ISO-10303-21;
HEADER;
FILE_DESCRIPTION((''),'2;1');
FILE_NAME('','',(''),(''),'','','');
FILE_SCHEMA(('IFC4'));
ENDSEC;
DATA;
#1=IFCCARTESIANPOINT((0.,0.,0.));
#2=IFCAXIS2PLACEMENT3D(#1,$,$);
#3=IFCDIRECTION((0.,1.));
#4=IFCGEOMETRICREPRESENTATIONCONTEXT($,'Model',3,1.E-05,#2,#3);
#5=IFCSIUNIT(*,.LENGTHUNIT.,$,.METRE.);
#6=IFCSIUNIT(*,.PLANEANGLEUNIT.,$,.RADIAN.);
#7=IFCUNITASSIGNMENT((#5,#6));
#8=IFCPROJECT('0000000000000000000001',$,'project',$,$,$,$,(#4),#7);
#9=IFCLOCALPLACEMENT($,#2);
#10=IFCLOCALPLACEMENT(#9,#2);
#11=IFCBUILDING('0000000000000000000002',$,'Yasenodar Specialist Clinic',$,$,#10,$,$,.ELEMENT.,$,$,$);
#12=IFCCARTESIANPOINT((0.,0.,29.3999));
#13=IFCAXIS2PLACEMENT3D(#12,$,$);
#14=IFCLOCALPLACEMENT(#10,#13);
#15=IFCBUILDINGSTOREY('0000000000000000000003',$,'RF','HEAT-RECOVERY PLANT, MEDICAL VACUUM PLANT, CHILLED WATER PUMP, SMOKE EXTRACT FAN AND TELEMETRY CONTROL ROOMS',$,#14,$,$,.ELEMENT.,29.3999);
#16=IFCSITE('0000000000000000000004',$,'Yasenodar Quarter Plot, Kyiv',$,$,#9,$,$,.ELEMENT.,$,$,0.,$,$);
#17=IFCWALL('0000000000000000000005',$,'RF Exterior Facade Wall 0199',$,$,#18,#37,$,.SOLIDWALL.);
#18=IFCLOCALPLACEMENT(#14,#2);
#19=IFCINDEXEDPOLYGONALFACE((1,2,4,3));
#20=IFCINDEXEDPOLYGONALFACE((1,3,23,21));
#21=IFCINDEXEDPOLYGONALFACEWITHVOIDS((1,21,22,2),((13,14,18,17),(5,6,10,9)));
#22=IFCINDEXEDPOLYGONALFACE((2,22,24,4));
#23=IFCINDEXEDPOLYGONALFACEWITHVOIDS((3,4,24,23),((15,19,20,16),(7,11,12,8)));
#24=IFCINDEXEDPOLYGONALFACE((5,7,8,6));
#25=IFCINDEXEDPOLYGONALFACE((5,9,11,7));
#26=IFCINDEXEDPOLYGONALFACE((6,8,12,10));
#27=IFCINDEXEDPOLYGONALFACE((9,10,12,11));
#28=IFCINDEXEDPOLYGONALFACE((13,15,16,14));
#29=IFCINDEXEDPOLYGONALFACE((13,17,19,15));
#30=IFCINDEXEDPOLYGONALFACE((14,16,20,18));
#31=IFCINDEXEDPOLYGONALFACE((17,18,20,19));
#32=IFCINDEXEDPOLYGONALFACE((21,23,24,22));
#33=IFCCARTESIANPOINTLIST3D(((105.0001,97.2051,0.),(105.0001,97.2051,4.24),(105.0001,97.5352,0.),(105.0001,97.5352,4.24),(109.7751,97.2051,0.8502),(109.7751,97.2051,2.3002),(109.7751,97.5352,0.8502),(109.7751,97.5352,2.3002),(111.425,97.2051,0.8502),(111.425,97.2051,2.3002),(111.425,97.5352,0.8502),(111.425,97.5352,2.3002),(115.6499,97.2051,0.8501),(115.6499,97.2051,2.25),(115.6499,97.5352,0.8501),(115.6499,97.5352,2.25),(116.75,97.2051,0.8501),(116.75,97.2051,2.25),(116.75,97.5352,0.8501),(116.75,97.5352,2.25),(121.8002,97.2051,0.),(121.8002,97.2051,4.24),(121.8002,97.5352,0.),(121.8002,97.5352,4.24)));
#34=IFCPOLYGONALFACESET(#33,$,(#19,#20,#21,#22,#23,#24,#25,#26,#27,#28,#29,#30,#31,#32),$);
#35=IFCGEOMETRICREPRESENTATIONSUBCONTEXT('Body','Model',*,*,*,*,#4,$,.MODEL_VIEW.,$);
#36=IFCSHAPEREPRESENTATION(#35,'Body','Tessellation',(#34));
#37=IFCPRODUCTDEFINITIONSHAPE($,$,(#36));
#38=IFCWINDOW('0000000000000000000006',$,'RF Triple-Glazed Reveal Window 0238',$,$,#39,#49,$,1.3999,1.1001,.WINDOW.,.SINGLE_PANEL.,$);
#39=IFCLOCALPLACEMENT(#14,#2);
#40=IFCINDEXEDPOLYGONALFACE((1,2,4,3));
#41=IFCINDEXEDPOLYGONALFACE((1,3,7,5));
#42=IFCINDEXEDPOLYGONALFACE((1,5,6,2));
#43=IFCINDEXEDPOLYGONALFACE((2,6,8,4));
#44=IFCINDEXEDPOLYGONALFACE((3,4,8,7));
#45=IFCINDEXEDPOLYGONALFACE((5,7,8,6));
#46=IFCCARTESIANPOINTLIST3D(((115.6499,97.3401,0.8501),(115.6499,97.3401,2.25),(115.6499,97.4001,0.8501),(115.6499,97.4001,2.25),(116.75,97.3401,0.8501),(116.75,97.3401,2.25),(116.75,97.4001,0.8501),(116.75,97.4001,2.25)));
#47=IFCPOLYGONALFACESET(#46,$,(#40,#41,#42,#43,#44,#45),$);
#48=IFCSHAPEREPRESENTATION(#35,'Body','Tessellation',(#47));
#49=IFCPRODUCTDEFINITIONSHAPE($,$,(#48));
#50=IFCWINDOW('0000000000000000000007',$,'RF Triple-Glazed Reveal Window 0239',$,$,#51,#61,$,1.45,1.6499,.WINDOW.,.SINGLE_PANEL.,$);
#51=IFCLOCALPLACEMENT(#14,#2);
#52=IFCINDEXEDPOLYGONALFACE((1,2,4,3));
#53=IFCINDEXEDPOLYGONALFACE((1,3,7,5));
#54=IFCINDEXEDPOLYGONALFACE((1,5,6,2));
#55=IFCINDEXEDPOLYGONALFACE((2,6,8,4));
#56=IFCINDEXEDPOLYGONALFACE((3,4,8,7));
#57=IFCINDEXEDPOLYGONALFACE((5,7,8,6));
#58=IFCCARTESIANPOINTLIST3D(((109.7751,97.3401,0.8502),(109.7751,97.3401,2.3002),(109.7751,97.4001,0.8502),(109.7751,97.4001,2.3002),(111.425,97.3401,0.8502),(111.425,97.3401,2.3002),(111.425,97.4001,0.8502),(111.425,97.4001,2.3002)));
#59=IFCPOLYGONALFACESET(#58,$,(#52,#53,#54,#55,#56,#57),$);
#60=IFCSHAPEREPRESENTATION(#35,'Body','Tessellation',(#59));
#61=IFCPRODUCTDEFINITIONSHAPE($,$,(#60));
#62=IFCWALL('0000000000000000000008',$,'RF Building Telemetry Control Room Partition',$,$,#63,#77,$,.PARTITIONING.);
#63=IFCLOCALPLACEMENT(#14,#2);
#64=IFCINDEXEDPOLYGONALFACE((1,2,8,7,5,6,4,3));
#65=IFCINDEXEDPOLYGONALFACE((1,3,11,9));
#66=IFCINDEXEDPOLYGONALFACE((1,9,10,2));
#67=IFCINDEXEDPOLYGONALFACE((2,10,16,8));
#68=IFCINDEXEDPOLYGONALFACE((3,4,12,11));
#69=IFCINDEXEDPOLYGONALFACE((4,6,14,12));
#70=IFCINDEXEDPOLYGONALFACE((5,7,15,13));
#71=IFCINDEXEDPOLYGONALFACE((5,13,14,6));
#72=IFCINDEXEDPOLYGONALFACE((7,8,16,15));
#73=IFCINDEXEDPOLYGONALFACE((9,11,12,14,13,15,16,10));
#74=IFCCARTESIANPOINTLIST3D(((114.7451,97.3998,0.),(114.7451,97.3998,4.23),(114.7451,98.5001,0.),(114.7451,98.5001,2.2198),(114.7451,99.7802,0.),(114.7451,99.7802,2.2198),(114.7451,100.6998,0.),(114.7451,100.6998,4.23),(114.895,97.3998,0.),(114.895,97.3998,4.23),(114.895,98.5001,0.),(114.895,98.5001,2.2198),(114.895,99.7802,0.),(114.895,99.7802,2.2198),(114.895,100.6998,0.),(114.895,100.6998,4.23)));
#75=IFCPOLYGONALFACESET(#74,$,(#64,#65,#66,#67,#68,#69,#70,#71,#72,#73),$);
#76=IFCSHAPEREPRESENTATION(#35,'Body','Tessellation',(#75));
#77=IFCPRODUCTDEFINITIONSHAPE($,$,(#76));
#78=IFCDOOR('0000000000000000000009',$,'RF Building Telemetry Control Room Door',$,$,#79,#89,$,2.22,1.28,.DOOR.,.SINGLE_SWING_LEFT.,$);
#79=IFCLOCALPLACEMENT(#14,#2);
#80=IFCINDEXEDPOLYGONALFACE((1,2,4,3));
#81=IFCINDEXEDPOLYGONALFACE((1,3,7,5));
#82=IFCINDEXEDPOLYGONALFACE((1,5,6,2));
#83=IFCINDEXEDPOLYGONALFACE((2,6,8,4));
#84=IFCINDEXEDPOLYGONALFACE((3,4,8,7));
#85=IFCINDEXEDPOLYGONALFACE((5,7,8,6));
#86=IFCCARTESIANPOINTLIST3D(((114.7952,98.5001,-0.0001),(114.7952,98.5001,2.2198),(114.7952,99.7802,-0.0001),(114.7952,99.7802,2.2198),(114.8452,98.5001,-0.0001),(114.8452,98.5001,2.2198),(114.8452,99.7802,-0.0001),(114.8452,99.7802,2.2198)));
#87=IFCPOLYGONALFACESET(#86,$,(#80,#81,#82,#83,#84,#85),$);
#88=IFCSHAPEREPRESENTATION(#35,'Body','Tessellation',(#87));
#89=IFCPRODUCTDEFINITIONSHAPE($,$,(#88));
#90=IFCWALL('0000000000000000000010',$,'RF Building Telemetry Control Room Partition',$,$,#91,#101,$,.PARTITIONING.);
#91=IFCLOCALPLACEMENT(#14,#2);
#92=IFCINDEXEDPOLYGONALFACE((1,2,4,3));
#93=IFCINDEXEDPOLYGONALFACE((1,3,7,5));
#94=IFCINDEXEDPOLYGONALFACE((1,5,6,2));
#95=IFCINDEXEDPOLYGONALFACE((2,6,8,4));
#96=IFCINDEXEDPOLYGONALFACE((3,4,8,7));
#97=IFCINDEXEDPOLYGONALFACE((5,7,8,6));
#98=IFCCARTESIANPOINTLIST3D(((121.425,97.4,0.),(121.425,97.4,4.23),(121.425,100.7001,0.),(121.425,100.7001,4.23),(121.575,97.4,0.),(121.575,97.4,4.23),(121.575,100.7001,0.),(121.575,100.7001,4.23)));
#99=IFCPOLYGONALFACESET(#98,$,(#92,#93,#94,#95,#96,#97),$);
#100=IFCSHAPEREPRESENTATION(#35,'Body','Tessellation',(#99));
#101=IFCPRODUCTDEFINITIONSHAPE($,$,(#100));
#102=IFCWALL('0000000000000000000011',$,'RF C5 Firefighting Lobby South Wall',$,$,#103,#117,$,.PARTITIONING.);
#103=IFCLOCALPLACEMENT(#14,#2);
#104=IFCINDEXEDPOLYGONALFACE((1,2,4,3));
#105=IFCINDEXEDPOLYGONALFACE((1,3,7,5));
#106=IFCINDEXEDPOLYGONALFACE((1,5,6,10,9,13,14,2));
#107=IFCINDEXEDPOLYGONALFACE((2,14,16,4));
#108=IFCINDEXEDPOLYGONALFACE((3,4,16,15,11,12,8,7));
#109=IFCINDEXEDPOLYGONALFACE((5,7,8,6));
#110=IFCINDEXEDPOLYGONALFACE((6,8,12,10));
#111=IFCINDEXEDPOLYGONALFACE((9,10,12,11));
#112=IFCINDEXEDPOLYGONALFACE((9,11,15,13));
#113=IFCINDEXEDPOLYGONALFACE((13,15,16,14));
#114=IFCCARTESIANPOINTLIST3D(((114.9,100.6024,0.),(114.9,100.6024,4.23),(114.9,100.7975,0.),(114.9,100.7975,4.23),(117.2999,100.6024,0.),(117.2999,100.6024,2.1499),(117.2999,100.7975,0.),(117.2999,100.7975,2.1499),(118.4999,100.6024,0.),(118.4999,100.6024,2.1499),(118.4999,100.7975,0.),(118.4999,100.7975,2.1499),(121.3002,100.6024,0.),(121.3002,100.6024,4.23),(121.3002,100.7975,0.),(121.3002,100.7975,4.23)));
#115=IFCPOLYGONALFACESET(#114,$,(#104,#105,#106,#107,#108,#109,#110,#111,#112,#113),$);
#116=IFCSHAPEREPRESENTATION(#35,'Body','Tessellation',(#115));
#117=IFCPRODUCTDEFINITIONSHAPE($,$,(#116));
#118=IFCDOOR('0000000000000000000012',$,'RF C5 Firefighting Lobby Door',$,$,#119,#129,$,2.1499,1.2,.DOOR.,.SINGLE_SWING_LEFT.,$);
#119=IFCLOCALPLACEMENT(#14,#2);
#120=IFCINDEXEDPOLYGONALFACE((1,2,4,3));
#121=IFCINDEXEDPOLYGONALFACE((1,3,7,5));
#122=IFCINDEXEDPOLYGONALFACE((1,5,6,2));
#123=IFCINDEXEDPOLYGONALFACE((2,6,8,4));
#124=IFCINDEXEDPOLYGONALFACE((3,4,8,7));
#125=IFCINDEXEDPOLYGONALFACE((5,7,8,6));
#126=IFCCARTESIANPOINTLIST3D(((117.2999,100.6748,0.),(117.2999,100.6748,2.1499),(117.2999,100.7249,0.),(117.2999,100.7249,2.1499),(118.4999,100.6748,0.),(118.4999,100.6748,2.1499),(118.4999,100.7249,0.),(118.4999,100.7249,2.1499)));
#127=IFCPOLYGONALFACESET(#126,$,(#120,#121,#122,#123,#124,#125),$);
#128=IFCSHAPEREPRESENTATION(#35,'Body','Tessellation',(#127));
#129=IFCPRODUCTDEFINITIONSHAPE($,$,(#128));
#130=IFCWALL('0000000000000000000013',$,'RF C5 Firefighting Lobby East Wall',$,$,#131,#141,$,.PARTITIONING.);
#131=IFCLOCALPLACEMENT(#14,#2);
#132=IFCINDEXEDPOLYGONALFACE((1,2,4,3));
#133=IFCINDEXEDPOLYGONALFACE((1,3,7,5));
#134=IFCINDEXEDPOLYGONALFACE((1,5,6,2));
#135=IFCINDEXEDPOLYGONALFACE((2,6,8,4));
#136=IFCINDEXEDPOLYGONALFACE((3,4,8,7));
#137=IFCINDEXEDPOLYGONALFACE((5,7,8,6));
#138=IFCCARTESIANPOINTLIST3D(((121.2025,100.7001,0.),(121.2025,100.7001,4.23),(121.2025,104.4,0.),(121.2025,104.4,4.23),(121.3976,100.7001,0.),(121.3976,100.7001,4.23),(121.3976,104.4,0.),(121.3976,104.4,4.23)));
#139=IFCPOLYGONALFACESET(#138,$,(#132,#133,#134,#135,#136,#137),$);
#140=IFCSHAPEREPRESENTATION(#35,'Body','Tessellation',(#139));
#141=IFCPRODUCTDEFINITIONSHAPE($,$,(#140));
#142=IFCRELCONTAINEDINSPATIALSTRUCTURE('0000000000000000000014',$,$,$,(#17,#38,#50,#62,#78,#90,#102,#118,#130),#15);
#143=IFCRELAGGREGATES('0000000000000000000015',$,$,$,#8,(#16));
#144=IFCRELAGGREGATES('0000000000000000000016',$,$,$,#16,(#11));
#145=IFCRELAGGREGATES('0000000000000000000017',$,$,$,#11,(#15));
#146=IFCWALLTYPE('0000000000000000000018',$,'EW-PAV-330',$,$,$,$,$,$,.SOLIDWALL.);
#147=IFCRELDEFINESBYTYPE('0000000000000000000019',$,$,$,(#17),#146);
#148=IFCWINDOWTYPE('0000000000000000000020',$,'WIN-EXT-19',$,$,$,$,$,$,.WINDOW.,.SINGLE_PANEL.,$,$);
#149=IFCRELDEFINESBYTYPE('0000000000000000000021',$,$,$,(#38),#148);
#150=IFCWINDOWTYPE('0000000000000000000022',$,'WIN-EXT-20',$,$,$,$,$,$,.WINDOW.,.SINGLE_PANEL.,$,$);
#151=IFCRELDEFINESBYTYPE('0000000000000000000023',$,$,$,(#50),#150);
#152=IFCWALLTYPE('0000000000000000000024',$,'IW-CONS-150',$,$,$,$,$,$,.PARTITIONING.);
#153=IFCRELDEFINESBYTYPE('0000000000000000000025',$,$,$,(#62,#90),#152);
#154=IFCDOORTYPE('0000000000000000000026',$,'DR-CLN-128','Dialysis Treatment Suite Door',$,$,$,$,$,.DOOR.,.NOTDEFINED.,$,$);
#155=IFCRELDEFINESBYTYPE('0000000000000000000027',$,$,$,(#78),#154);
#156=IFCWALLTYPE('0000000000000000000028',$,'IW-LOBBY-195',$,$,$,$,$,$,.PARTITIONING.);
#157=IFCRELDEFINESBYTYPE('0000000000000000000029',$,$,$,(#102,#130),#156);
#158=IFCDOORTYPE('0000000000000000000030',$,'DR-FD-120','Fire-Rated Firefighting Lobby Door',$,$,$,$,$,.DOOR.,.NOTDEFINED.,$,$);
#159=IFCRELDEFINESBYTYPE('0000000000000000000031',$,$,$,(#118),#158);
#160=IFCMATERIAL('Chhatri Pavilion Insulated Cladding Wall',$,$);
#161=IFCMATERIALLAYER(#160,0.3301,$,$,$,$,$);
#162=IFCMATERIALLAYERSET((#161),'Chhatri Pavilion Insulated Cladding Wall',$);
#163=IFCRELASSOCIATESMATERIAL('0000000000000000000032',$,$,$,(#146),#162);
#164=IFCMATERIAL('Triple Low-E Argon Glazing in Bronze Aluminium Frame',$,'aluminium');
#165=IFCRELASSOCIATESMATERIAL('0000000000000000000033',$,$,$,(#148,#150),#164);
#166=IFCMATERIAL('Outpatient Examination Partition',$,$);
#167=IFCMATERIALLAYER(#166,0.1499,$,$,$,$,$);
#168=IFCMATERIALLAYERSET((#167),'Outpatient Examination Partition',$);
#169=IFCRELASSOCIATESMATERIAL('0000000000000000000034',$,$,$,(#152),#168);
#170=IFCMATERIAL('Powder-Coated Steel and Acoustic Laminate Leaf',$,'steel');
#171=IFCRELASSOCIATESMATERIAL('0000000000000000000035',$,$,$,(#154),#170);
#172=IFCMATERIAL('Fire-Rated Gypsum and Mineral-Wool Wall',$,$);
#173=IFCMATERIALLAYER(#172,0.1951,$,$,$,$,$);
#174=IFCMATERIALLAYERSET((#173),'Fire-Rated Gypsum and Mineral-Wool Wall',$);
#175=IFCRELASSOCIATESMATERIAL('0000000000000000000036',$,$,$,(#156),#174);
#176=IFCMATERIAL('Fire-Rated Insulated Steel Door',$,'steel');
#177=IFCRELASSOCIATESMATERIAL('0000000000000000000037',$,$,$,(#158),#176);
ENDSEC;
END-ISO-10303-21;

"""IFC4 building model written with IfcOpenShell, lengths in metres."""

from ifc_helpers import new_model, si_unit, direction, frame, frame_2d, origin, place, context, subcontext, project, spatial, rectangle, extrude, material, layer, layer_set, type_object, element, fill, save


model = new_model("IFC4")

# Units and contexts
model_context = context("Model", 3, precision=1e-05, world=origin(), true_north=direction((0.0, 1.0)))
body_context = subcontext(model_context, "Body", "Model", "MODEL_VIEW")
ifc_project = project(units=[si_unit("LENGTHUNIT", "METRE"), si_unit("PLANEANGLEUNIT", "RADIAN")], contexts=[model_context])

# Site, building, storey
site_placement = place(None, origin())
site = spatial("IfcSite", under=ifc_project, at=site_placement, Name="Yasenodar Quarter Plot, Kyiv", CompositionType="ELEMENT", RefElevation=0.0)
building_placement = place(site_placement, origin())
building = spatial("IfcBuilding", under=site, at=building_placement, Name="Yasenodar Specialist Clinic", CompositionType="ELEMENT")
storey_placement = place(building_placement, frame((0.0, 0.0, 29.3999)))
storey = spatial("IfcBuildingStorey", under=building, at=storey_placement, Name="RF", Description="HEAT-RECOVERY PLANT, MEDICAL VACUUM PLANT, CHILLED WATER PUMP, SMOKE EXTRACT FAN AND TELEMETRY CONTROL ROOMS", CompositionType="ELEMENT", Elevation=29.3999)

# Shared definitions
ifc_material_1 = material(Name="Chhatri Pavilion Insulated Cladding Wall")
ifc_layer_1 = layer(ifc_material_1, 0.3301)
ifc_layer_set_1 = layer_set([ifc_layer_1], Name="Chhatri Pavilion Insulated Cladding Wall")
wall_type_1 = type_object("IfcWallType", Name="EW-PAV-330", PredefinedType="SOLIDWALL", material=ifc_layer_set_1)

# Wall, openings, windows
wall_1_placement = place(storey_placement, frame((121.8, 97.3701, 0.0), z_axis=(0.0, 0.0, 1.0), x_axis=(-1.0, 0.0, 0.0)))
wall_1 = element("IfcWall", 1, at=wall_1_placement, inside=storey, type_object=wall_type_1, Name="RF Exterior Facade Wall 0199", PredefinedType="SOLIDWALL", context=body_context, shape_type="SweptSolid", body=[
    extrude(rectangle(XDim=16.8, YDim=0.3301, at=frame_2d((8.3999, 0.0))), origin(), (0.0, 0.0, 1.0), 4.24),
])
opening_1_placement = place(wall_1_placement, frame((5.05, 0.0, 0.8501)))
opening_1 = element("IfcOpeningElement", 2, at=opening_1_placement, cuts=wall_1, PredefinedType="OPENING", context=body_context, shape_type="SweptSolid", body=[
    extrude(rectangle(XDim=1.1001, YDim=1.3999, at=frame_2d((0.55, 0.7))), frame((0.0, 0.175, 0.0), z_axis=(0.0, -1.0, 0.0), x_axis=(1.0, 0.0, 0.0)), (0.0, 0.0, 1.0), 0.3501),
])
opening_2_placement = place(wall_1_placement, frame((10.375, 0.0, 0.8501)))
opening_2 = element("IfcOpeningElement", 3, at=opening_2_placement, cuts=wall_1, PredefinedType="OPENING", context=body_context, shape_type="SweptSolid", body=[
    extrude(rectangle(XDim=1.6499, YDim=1.45, at=frame_2d((0.825, 0.7251))), frame((0.0, 0.175, 0.0), z_axis=(0.0, -1.0, 0.0), x_axis=(1.0, 0.0, 0.0)), (0.0, 0.0, 1.0), 0.3501),
])
ifc_material_2 = material(Name="Triple Low-E Argon Glazing in Bronze Aluminium Frame", Category="aluminium")
window_type_1 = type_object("IfcWindowType", Name="WIN-EXT-19", PartitioningType="SINGLE_PANEL", PredefinedType="WINDOW", material=ifc_material_2)
window_1_placement = place(opening_1_placement, origin())
window_1 = element("IfcWindow", 4, at=window_1_placement, inside=storey, type_object=window_type_1, Name="RF Triple-Glazed Reveal Window 0238", OverallHeight=1.3999, OverallWidth=1.1001, PartitioningType="SINGLE_PANEL", PredefinedType="WINDOW", context=body_context, shape_type="SweptSolid", body=[
    extrude(rectangle(XDim=1.1001, YDim=1.3999, at=frame_2d((0.55, 0.7))), frame((0.0, 0.03, 0.0), z_axis=(0.0, -1.0, 0.0), x_axis=(1.0, 0.0, 0.0)), (0.0, 0.0, 1.0), 0.0601),
])
fill(opening_1, window_1)
window_type_2 = type_object("IfcWindowType", Name="WIN-EXT-20", PartitioningType="SINGLE_PANEL", PredefinedType="WINDOW", material=ifc_material_2)
window_2_placement = place(opening_2_placement, origin())
window_2 = element("IfcWindow", 5, at=window_2_placement, inside=storey, type_object=window_type_2, Name="RF Triple-Glazed Reveal Window 0239", OverallHeight=1.45, OverallWidth=1.6499, PartitioningType="SINGLE_PANEL", PredefinedType="WINDOW", context=body_context, shape_type="SweptSolid", body=[
    extrude(rectangle(XDim=1.6499, YDim=1.45, at=frame_2d((0.825, 0.7251))), frame((0.0, 0.03, 0.0), z_axis=(0.0, -1.0, 0.0), x_axis=(1.0, 0.0, 0.0)), (0.0, 0.0, 1.0), 0.0601),
])
fill(opening_2, window_2)

# Wall, opening, door
ifc_material_3 = material(Name="Outpatient Examination Partition")
ifc_layer_2 = layer(ifc_material_3, 0.1499)
ifc_layer_set_2 = layer_set([ifc_layer_2], Name="Outpatient Examination Partition")
wall_type_2 = type_object("IfcWallType", Name="IW-CONS-150", PredefinedType="PARTITIONING", material=ifc_layer_set_2)
wall_2_placement = place(storey_placement, frame((114.8201, 97.3999, 0.0), z_axis=(0.0, 0.0, 1.0), x_axis=(0.0, 1.0, 0.0)))
wall_2 = element("IfcWall", 6, at=wall_2_placement, inside=storey, type_object=wall_type_2, Name="RF Building Telemetry Control Room Partition", PredefinedType="PARTITIONING", context=body_context, shape_type="SweptSolid", body=[
    extrude(rectangle(XDim=3.3, YDim=0.1499, at=frame_2d((1.6499, 0.0))), origin(), (0.0, 0.0, 1.0), 4.23),
])
opening_3_placement = place(wall_2_placement, frame((1.1001, 0.0, 0.0)))
opening_3 = element("IfcOpeningElement", 7, at=opening_3_placement, cuts=wall_2, PredefinedType="OPENING", context=body_context, shape_type="SweptSolid", body=[
    extrude(rectangle(XDim=1.28, YDim=2.22, at=frame_2d((0.6401, 1.1099))), frame((0.0, 0.085, 0.0), z_axis=(0.0, -1.0, 0.0), x_axis=(1.0, 0.0, 0.0)), (0.0, 0.0, 1.0), 0.1699),
])
ifc_material_4 = material(Name="Powder-Coated Steel and Acoustic Laminate Leaf", Category="steel")
door_type_1 = type_object("IfcDoorType", Name="DR-CLN-128", Description="Dialysis Treatment Suite Door", OperationType="NOTDEFINED", PredefinedType="DOOR", material=ifc_material_4)
door_1_placement = place(opening_3_placement, origin())
door_1 = element("IfcDoor", 8, at=door_1_placement, inside=storey, type_object=door_type_1, Name="RF Building Telemetry Control Room Door", OperationType="SINGLE_SWING_LEFT", OverallHeight=2.22, OverallWidth=1.28, PredefinedType="DOOR", context=body_context, shape_type="SweptSolid", body=[
    extrude(rectangle(XDim=1.28, YDim=2.22, at=frame_2d((0.6401, 1.1099))), frame((0.0, 0.0249, 0.0), z_axis=(0.0, -1.0, 0.0), x_axis=(1.0, 0.0, 0.0)), (0.0, 0.0, 1.0), 0.05),
])
fill(opening_3, door_1)

# Wall
wall_3_placement = place(storey_placement, frame((121.5, 100.7, 0.0), z_axis=(0.0, 0.0, 1.0), x_axis=(0.0, -1.0, 0.0)))
element("IfcWall", 9, at=wall_3_placement, inside=storey, type_object=wall_type_2, Name="RF Building Telemetry Control Room Partition", PredefinedType="PARTITIONING", context=body_context, shape_type="SweptSolid", body=[
    extrude(rectangle(XDim=3.3, YDim=0.1499, at=frame_2d((1.6499, 0.0))), origin(), (0.0, 0.0, 1.0), 4.23),
])

# Wall, opening, door
ifc_material_5 = material(Name="Fire-Rated Gypsum and Mineral-Wool Wall")
ifc_layer_3 = layer(ifc_material_5, 0.1951)
ifc_layer_set_3 = layer_set([ifc_layer_3], Name="Fire-Rated Gypsum and Mineral-Wool Wall")
wall_type_3 = type_object("IfcWallType", Name="IW-LOBBY-195", PredefinedType="PARTITIONING", material=ifc_layer_set_3)
wall_4_placement = place(storey_placement, frame((114.8999, 100.7, 0.0), z_axis=(0.0, 0.0, 1.0), x_axis=(1.0, 0.0, 0.0)))
wall_4 = element("IfcWall", 10, at=wall_4_placement, inside=storey, type_object=wall_type_3, Name="RF C5 Firefighting Lobby South Wall", PredefinedType="PARTITIONING", context=body_context, shape_type="SweptSolid", body=[
    extrude(rectangle(XDim=6.4001, YDim=0.1951, at=frame_2d((3.2002, 0.0))), origin(), (0.0, 0.0, 1.0), 4.23),
])
opening_4_placement = place(wall_4_placement, frame((2.3999, 0.0, 0.0)))
opening_4 = element("IfcOpeningElement", 11, at=opening_4_placement, cuts=wall_4, PredefinedType="OPENING", context=body_context, shape_type="SweptSolid", body=[
    extrude(rectangle(XDim=1.2, YDim=2.1499, at=frame_2d((0.6001, 1.075))), frame((0.0, 0.1074, 0.0), z_axis=(0.0, -1.0, 0.0), x_axis=(1.0, 0.0, 0.0)), (0.0, 0.0, 1.0), 0.2151),
])
ifc_material_6 = material(Name="Fire-Rated Insulated Steel Door", Category="steel")
door_type_2 = type_object("IfcDoorType", Name="DR-FD-120", Description="Fire-Rated Firefighting Lobby Door", OperationType="NOTDEFINED", PredefinedType="DOOR", material=ifc_material_6)
door_2_placement = place(opening_4_placement, origin())
door_2 = element("IfcDoor", 12, at=door_2_placement, inside=storey, type_object=door_type_2, Name="RF C5 Firefighting Lobby Door", OperationType="SINGLE_SWING_LEFT", OverallHeight=2.1499, OverallWidth=1.2, PredefinedType="DOOR", context=body_context, shape_type="SweptSolid", body=[
    extrude(rectangle(XDim=1.2, YDim=2.1499, at=frame_2d((0.6001, 1.075))), frame((0.0, 0.0249, 0.0), z_axis=(0.0, -1.0, 0.0), x_axis=(1.0, 0.0, 0.0)), (0.0, 0.0, 1.0), 0.05),
])
fill(opening_4, door_2)

# Wall
wall_5_placement = place(storey_placement, frame((121.3, 100.7, 0.0), z_axis=(0.0, 0.0, 1.0), x_axis=(0.0, 1.0, 0.0)))
element("IfcWall", 13, at=wall_5_placement, inside=storey, type_object=wall_type_3, Name="RF C5 Firefighting Lobby East Wall", PredefinedType="PARTITIONING", context=body_context, shape_type="SweptSolid", body=[
    extrude(rectangle(XDim=3.7, YDim=0.1951, at=frame_2d((1.8501, 0.0))), origin(), (0.0, 0.0, 1.0), 4.23),
])

save(model, "model.ifc")
